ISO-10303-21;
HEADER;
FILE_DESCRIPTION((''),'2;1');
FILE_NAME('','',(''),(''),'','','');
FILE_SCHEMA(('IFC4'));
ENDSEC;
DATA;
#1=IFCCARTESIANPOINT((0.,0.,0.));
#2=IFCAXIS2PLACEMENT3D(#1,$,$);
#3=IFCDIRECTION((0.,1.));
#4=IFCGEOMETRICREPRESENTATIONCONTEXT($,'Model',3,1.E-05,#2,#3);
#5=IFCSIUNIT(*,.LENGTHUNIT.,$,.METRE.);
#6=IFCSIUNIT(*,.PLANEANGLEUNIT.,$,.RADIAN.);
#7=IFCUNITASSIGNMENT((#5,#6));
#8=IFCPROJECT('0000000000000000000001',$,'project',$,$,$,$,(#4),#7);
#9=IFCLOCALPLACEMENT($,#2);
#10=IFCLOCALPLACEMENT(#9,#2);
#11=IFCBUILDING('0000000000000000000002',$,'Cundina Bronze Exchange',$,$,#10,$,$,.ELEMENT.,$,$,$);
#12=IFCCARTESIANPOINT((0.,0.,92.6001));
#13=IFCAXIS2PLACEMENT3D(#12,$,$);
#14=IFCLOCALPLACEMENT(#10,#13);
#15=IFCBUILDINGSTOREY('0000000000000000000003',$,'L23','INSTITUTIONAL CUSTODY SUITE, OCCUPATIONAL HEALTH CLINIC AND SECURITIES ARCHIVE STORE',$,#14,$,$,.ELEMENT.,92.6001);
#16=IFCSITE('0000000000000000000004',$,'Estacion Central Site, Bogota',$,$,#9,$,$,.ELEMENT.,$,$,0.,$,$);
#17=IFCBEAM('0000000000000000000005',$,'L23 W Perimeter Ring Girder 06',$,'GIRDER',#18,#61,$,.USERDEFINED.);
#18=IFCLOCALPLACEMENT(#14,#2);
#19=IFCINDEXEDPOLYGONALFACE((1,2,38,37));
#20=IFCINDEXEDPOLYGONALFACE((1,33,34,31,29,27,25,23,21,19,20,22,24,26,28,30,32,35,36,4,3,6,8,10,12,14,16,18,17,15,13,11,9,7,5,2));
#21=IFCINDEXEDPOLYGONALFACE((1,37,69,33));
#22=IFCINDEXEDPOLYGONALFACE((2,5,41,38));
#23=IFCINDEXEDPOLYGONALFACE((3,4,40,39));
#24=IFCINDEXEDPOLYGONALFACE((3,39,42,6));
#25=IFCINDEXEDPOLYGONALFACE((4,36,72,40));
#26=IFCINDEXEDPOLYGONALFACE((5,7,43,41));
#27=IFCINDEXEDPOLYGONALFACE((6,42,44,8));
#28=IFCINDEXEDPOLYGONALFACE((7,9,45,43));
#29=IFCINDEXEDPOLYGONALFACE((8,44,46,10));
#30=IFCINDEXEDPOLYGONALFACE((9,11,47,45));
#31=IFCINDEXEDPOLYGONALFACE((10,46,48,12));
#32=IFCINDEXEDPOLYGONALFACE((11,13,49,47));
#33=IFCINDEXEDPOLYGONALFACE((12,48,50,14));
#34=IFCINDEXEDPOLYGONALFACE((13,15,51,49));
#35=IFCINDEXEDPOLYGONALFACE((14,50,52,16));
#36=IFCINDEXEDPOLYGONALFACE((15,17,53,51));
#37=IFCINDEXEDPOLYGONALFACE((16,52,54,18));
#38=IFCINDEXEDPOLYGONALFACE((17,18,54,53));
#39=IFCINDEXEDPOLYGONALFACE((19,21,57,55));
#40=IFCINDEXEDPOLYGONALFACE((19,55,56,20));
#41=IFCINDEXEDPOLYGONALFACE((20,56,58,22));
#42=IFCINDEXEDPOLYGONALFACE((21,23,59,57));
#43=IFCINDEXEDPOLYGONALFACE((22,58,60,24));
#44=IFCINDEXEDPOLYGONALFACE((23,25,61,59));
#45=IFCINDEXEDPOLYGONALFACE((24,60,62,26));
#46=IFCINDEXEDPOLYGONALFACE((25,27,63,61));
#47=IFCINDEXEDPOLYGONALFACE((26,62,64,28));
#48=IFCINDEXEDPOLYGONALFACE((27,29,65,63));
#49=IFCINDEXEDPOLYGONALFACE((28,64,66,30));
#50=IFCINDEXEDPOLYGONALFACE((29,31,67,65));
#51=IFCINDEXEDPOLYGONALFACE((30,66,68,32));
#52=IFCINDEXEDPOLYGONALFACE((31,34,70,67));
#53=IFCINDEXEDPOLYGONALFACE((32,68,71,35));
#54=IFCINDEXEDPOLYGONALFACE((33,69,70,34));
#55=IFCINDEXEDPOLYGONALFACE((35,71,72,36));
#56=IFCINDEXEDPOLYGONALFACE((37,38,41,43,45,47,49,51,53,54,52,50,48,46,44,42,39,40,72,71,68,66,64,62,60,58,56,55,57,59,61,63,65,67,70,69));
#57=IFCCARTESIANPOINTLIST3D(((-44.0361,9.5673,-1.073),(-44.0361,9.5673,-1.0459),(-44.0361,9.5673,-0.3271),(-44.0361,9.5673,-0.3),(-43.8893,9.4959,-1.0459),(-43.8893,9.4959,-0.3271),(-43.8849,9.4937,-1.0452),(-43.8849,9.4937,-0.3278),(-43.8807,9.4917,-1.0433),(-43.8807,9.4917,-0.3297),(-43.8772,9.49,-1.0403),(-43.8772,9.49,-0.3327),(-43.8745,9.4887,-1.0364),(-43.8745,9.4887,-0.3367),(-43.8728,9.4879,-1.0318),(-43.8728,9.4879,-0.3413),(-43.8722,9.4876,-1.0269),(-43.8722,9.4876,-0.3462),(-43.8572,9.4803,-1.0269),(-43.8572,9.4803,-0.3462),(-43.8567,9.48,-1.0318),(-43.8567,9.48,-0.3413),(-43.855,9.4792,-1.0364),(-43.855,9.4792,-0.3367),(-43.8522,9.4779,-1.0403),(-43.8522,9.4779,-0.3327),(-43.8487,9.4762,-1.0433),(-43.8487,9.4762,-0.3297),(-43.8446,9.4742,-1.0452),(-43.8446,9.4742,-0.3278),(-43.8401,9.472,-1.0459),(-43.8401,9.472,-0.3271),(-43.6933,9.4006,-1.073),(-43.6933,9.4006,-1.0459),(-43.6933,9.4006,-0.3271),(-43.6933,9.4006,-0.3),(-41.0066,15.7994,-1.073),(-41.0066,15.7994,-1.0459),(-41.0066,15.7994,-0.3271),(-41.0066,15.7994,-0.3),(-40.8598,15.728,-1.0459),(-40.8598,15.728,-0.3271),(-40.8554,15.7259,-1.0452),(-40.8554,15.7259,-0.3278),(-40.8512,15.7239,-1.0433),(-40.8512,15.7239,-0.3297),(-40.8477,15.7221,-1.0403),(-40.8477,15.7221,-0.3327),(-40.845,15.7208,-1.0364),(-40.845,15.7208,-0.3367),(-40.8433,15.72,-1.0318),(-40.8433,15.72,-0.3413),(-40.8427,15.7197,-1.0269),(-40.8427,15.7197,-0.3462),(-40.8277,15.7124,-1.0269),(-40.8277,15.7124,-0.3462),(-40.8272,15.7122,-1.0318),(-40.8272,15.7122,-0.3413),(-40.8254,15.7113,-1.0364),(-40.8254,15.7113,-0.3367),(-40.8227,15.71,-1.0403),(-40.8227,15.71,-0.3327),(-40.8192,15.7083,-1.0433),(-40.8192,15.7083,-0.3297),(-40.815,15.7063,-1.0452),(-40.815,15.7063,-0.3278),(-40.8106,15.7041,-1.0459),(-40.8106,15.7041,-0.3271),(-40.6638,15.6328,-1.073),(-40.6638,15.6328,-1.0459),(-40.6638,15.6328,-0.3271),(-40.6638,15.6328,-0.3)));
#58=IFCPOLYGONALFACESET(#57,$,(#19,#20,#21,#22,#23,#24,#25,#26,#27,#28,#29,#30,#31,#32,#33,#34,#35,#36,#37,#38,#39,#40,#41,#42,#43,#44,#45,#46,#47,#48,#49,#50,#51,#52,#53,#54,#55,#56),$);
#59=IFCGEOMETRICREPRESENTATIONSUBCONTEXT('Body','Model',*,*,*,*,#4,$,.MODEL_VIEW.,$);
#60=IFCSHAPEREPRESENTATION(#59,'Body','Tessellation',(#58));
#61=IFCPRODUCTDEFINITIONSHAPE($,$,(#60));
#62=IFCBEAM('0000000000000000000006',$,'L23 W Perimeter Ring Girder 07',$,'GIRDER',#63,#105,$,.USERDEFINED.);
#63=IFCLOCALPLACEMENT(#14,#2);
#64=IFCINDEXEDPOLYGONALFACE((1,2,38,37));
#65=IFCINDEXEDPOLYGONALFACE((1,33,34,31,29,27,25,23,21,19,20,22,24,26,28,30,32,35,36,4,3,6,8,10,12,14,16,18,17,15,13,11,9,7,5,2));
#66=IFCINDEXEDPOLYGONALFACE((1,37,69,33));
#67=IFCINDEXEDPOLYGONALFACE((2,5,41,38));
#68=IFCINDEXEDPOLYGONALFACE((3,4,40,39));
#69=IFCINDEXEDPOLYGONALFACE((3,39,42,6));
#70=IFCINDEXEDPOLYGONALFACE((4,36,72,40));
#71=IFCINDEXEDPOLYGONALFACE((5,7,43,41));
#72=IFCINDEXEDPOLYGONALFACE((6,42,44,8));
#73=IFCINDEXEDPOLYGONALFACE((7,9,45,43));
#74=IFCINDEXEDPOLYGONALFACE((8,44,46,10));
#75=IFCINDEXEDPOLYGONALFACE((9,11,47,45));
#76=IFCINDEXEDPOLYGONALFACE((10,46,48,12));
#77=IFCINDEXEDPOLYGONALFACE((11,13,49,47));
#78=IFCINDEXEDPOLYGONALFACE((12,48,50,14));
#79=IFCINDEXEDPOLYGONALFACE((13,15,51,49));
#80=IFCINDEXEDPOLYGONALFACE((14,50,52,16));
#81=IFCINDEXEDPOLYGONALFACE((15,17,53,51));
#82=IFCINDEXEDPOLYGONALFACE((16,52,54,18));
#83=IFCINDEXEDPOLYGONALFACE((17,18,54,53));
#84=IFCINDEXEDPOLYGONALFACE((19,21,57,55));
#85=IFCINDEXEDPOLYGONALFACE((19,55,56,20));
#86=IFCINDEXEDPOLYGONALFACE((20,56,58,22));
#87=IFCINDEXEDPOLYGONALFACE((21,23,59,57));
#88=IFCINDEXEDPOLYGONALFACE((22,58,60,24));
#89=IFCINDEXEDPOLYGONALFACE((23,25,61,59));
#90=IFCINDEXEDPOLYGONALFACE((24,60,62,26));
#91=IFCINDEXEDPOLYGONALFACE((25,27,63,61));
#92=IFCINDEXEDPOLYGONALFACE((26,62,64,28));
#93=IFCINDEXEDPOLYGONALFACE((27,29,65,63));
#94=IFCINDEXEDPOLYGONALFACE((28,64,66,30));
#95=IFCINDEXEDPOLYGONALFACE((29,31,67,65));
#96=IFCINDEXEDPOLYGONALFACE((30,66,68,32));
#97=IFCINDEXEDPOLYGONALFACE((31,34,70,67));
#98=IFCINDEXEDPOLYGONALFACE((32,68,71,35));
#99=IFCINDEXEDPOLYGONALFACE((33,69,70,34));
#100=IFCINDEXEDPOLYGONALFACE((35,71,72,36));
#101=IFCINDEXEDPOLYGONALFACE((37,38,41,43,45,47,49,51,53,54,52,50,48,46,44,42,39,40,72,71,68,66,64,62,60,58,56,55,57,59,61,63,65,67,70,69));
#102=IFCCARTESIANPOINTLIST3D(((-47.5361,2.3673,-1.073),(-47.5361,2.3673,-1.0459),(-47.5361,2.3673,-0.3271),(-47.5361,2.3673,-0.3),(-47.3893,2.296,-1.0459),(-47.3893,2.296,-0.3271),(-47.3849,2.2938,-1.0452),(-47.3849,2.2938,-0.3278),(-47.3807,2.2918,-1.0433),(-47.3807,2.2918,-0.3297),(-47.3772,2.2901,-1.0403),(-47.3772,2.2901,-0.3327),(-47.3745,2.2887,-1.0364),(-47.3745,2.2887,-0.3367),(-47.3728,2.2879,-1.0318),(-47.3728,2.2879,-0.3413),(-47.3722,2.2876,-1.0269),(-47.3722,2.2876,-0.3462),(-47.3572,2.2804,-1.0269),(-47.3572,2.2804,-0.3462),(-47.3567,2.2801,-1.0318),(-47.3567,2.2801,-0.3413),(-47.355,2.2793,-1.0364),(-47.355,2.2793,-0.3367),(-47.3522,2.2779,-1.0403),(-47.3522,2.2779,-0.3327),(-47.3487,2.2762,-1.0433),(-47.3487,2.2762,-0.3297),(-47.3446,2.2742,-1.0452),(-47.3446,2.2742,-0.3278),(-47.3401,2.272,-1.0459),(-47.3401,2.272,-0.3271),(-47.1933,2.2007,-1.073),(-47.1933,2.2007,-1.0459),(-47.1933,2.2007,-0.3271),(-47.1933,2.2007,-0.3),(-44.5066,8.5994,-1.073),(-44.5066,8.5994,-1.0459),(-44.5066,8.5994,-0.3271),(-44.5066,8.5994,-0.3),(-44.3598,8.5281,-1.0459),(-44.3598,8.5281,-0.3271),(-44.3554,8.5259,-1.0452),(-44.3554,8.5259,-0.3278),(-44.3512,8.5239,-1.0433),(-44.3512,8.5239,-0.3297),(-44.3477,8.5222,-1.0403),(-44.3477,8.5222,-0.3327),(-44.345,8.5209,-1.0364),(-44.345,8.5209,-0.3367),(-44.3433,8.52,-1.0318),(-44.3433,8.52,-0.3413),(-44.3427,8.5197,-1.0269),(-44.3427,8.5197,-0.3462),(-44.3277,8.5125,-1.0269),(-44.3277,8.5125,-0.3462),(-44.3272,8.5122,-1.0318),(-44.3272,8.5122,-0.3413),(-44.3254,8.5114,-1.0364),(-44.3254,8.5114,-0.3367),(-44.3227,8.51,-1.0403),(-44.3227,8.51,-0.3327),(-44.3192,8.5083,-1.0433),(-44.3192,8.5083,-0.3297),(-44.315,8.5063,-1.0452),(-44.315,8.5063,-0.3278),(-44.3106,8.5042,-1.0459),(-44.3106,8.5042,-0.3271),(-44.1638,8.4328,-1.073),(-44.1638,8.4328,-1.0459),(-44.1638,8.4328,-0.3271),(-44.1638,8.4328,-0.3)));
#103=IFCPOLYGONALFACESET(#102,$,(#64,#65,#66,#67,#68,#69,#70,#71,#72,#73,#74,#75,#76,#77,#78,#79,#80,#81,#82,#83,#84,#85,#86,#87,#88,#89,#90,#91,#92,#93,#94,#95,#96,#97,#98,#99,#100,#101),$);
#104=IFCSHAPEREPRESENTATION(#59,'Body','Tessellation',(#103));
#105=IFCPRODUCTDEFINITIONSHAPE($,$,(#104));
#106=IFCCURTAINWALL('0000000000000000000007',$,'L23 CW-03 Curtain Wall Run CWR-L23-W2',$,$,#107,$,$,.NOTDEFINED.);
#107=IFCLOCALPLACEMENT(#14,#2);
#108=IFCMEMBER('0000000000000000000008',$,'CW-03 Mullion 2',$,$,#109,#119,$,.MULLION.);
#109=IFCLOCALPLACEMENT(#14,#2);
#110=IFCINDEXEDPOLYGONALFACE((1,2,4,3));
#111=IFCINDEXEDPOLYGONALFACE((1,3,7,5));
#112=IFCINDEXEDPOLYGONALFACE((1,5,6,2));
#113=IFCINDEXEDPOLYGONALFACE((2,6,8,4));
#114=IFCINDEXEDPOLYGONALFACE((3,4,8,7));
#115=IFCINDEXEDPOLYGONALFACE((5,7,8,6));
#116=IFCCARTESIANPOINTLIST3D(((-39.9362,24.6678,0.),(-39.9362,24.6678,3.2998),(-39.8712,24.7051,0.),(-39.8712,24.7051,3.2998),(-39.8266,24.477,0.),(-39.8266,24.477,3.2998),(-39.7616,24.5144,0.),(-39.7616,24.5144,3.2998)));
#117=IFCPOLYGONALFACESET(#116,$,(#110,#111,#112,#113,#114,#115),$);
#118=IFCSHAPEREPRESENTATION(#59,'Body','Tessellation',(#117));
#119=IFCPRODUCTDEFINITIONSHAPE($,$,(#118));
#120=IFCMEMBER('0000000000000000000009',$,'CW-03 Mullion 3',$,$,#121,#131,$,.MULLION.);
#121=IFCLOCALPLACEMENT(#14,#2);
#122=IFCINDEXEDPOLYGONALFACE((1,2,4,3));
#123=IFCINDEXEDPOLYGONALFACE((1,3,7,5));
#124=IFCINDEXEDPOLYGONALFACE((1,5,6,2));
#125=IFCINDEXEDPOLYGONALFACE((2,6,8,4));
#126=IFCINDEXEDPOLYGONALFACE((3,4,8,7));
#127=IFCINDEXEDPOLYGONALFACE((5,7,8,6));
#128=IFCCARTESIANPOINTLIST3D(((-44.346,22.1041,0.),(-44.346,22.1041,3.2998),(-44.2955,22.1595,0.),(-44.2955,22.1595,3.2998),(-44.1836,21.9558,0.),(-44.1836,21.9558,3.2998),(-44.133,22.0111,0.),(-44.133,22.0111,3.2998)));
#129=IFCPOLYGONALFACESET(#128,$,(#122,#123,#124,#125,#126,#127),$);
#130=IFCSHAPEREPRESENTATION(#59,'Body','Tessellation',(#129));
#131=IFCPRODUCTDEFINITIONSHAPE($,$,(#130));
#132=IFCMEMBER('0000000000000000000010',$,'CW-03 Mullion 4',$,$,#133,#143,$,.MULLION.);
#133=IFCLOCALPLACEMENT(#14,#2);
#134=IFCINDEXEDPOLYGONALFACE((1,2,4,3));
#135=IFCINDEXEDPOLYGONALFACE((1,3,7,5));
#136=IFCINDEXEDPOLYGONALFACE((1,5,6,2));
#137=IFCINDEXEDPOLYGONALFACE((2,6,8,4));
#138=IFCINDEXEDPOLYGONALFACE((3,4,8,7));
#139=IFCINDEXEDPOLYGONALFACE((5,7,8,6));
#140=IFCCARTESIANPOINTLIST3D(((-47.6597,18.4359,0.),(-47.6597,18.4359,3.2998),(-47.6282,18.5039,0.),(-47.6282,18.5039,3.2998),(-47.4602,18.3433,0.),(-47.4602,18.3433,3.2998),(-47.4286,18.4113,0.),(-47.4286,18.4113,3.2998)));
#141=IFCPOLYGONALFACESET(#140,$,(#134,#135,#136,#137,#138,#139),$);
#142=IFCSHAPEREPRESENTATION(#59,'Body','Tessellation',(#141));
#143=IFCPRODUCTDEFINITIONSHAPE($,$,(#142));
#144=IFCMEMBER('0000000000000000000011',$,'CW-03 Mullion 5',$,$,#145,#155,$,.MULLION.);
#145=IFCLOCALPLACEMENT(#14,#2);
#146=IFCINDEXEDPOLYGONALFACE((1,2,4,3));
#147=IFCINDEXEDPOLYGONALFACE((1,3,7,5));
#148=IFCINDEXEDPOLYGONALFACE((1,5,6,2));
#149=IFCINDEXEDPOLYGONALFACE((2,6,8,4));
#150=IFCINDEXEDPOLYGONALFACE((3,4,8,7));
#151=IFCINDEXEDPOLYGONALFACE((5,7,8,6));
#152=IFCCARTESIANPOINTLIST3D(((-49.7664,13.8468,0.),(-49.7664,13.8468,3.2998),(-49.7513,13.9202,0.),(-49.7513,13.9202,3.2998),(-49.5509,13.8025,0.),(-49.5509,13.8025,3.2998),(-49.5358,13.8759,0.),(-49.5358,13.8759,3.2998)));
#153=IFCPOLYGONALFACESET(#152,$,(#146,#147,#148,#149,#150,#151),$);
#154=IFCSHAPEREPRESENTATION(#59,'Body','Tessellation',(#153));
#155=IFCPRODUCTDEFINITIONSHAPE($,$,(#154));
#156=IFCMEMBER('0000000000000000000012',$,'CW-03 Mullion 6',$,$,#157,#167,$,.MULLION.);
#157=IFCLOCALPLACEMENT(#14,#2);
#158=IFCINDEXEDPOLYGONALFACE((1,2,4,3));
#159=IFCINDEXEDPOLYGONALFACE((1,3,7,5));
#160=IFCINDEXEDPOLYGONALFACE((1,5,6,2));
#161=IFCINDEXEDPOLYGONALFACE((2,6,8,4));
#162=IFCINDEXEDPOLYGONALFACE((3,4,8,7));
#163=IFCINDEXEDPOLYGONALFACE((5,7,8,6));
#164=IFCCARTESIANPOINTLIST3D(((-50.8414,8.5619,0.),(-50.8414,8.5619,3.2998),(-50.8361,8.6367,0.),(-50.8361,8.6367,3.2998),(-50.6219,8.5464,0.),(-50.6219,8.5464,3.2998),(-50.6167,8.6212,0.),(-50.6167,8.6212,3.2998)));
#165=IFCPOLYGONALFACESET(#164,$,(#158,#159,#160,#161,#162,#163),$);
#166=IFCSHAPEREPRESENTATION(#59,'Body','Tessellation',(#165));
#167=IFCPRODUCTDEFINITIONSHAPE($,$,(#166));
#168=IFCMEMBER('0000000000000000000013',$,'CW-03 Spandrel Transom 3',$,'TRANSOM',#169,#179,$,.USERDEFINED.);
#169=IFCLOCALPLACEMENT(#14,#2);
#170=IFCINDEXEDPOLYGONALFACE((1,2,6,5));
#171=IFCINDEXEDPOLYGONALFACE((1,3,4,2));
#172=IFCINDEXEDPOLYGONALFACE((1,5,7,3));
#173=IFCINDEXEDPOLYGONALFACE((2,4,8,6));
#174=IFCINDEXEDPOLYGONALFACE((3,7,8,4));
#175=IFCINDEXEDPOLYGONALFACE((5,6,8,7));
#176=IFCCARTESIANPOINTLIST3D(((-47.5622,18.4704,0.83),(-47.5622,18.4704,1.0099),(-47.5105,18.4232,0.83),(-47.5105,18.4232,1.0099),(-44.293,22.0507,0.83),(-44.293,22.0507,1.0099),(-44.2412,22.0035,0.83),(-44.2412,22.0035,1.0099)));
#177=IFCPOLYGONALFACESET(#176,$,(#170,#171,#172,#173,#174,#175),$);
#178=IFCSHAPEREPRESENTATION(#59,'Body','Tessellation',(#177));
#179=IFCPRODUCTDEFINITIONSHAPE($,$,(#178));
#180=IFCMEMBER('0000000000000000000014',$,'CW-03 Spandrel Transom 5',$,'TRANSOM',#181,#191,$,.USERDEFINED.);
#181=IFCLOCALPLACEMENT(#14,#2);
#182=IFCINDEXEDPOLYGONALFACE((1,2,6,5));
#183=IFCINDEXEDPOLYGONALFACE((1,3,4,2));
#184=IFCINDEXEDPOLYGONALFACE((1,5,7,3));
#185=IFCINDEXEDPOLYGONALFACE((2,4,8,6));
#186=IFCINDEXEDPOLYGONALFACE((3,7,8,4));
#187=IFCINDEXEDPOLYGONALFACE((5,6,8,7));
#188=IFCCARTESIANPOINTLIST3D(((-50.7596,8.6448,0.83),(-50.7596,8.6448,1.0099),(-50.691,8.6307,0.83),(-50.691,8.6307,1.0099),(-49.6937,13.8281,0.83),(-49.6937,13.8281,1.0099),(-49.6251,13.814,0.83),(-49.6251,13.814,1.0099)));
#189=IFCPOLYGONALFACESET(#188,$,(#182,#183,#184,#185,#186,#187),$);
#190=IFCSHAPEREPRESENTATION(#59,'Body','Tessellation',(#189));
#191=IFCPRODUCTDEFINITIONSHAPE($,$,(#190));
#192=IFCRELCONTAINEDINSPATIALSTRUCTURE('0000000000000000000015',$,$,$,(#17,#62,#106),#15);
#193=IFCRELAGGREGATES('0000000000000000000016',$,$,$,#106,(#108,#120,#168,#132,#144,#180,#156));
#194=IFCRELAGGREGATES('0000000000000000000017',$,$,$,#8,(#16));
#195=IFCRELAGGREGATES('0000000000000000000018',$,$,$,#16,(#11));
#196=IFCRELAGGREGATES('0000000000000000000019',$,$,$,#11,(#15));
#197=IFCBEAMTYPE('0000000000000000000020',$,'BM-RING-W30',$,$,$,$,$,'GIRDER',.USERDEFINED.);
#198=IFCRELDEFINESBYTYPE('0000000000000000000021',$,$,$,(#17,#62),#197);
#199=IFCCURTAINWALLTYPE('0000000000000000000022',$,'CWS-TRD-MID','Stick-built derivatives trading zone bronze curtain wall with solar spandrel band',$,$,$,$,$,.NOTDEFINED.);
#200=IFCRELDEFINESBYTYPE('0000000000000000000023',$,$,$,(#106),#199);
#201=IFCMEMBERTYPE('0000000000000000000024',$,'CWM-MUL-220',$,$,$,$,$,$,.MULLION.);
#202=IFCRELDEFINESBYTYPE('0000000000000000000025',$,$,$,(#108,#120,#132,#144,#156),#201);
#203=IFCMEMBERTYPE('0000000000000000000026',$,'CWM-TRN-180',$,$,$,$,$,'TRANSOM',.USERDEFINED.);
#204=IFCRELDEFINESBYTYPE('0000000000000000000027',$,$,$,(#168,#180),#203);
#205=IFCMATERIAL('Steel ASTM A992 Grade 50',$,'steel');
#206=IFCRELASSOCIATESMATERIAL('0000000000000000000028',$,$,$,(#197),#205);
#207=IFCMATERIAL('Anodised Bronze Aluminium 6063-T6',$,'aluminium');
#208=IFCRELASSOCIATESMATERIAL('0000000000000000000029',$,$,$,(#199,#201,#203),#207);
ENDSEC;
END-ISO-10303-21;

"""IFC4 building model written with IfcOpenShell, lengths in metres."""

from ifc_helpers import new_model, si_unit, direction, frame, origin, origin_2d, place, context, subcontext, project, spatial, rectangle, i_section, extrude, material, material_profile, profile_set, type_object, element, aggregate, save


model = new_model("IFC4")

# Units and contexts
model_context = context("Model", 3, precision=1e-05, world=origin(), true_north=direction((0.0, 1.0)))
body_context = subcontext(model_context, "Body", "Model", "MODEL_VIEW")
ifc_project = project(units=[si_unit("LENGTHUNIT", "METRE"), si_unit("PLANEANGLEUNIT", "RADIAN")], contexts=[model_context])

# Site, building, storey
site_placement = place(None, origin())
site = spatial("IfcSite", under=ifc_project, at=site_placement, Name="Estacion Central Site, Bogota", CompositionType="ELEMENT", RefElevation=0.0)
building_placement = place(site_placement, origin())
building = spatial("IfcBuilding", under=site, at=building_placement, Name="Cundina Bronze Exchange", CompositionType="ELEMENT")
storey_placement = place(building_placement, frame((0.0, 0.0, 92.6001)))
storey = spatial("IfcBuildingStorey", under=building, at=storey_placement, Name="L23", Description="INSTITUTIONAL CUSTODY SUITE, OCCUPATIONAL HEALTH CLINIC AND SECURITIES ARCHIVE STORE", CompositionType="ELEMENT", Elevation=92.6001)

# Beams
ifc_material_1 = material(Name="Steel ASTM A992 Grade 50", Category="steel")
ifc_material_profile_1 = material_profile(ifc_material_1, i_section(OverallWidth=0.3811, OverallDepth=0.7729, WebThickness=0.0166, FlangeThickness=0.0271, FilletRadius=0.019, at=origin_2d()), Name="W30X173", Category="steel")
ifc_profile_set_1 = profile_set([ifc_material_profile_1], Name="Steel ASTM A992 Grade 50")
beam_type_1 = type_object("IfcBeamType", Name="BM-RING-W30", ElementType="GIRDER", PredefinedType="USERDEFINED", material=ifc_profile_set_1)
for number, where, z_axis, x_axis, name in (
    (1, (-40.8352, 15.7161, -0.6865), (-0.437194, -0.899367, 0.0), (0.899367, -0.437194, 0.0), "L23 W Perimeter Ring Girder 06"),
    (2, (-44.3352, 8.5161, -0.6865), (-0.437194, -0.899367, 0.0), (0.899367, -0.437194, 0.0), "L23 W Perimeter Ring Girder 07"),
):
    element("IfcBeam", number, at=place(storey_placement, frame(where, z_axis=z_axis, x_axis=x_axis)), inside=storey, type_object=beam_type_1, Name=name, ObjectType="GIRDER", PredefinedType="USERDEFINED", context=body_context, shape_type="SweptSolid", body=[
        extrude(i_section(OverallWidth=0.3811, OverallDepth=0.7729, WebThickness=0.0166, FlangeThickness=0.0271, FilletRadius=0.019, at=origin_2d()), origin(), (0.0, 0.0, 1.0), 6.9294),
    ])

# Curtain wall, members
ifc_material_2 = material(Name="Anodised Bronze Aluminium 6063-T6", Category="aluminium")
curtain_wall_type = type_object("IfcCurtainWallType", Name="CWS-TRD-MID", Description="Stick-built derivatives trading zone bronze curtain wall with solar spandrel band", PredefinedType="NOTDEFINED", material=ifc_material_2)
curtain_wall_placement = place(storey_placement, origin())
curtain_wall = element("IfcCurtainWall", 3, at=curtain_wall_placement, inside=storey, type_object=curtain_wall_type, Name="L23 CW-03 Curtain Wall Run CWR-L23-W2", PredefinedType="NOTDEFINED")
ifc_material_profile_2 = material_profile(ifc_material_2, rectangle(XDim=0.075, YDim=0.22, at=origin_2d()), Name="AL75X220", Category="aluminium")
ifc_profile_set_2 = profile_set([ifc_material_profile_2], Name="Anodised Bronze Aluminium 6063-T6")
member_type_1 = type_object("IfcMemberType", Name="CWM-MUL-220", PredefinedType="MULLION", material=ifc_profile_set_2)
member_1_placement = place(storey_placement, frame((-39.8489, 24.5911, 0.0), z_axis=(0.0, 0.0, 1.0), x_axis=(-0.867071, -0.498185, 0.0)))
member_1 = element("IfcMember", 4, at=member_1_placement, type_object=member_type_1, Name="CW-03 Mullion 2", PredefinedType="MULLION", context=body_context, shape_type="SweptSolid", body=[
    extrude(rectangle(XDim=0.075, YDim=0.22, at=origin_2d()), origin(), (0.0, 0.0, 1.0), 3.2998),
])
member_2_placement = place(storey_placement, frame((-44.2395, 22.0576, 0.0), z_axis=(0.0, 0.0, 1.0), x_axis=(-0.674302, -0.738455, 0.0)))
member_2 = element("IfcMember", 5, at=member_2_placement, type_object=member_type_1, Name="CW-03 Mullion 3", PredefinedType="MULLION", context=body_context, shape_type="SweptSolid", body=[
    extrude(rectangle(XDim=0.075, YDim=0.22, at=origin_2d()), origin(), (0.0, 0.0, 1.0), 3.2998),
])
member_3_placement = place(storey_placement, frame((-47.5442, 18.4236, 0.0), z_axis=(0.0, 0.0, 1.0), x_axis=(-0.420877, -0.907117, 0.0)))
member_3 = element("IfcMember", 6, at=member_3_placement, type_object=member_type_1, Name="CW-03 Mullion 4", PredefinedType="MULLION", context=body_context, shape_type="SweptSolid", body=[
    extrude(rectangle(XDim=0.075, YDim=0.22, at=origin_2d()), origin(), (0.0, 0.0, 1.0), 3.2998),
])
member_4_placement = place(storey_placement, frame((-49.6511, 13.8613, 0.0), z_axis=(0.0, 0.0, 1.0), x_axis=(-0.20142, -0.979505, 0.0)))
member_4 = element("IfcMember", 7, at=member_4_placement, type_object=member_type_1, Name="CW-03 Mullion 5", PredefinedType="MULLION", context=body_context, shape_type="SweptSolid", body=[
    extrude(rectangle(XDim=0.075, YDim=0.22, at=origin_2d()), origin(), (0.0, 0.0, 1.0), 3.2998),
])
member_5_placement = place(storey_placement, frame((-50.729, 8.5916, 0.0), z_axis=(0.0, 0.0, 1.0), x_axis=(-0.070279, -0.997527, 0.0)))
member_5 = element("IfcMember", 8, at=member_5_placement, type_object=member_type_1, Name="CW-03 Mullion 6", PredefinedType="MULLION", context=body_context, shape_type="SweptSolid", body=[
    extrude(rectangle(XDim=0.075, YDim=0.22, at=origin_2d()), origin(), (0.0, 0.0, 1.0), 3.2998),
])
ifc_material_profile_3 = material_profile(ifc_material_2, rectangle(XDim=0.0701, YDim=0.1799, at=origin_2d()), Name="AL70X180", Category="aluminium")
ifc_profile_set_3 = profile_set([ifc_material_profile_3], Name="Anodised Bronze Aluminium 6063-T6")
member_type_2 = type_object("IfcMemberType", Name="CWM-TRN-180", ElementType="TRANSOM", PredefinedType="USERDEFINED", material=ifc_profile_set_3)
member_6_placement = place(storey_placement, frame((-44.2671, 22.0271, 0.9199), z_axis=(-0.674303, -0.738455, 0.0), x_axis=(0.738455, -0.674303, 0.0)))
member_6 = element("IfcMember", 9, at=member_6_placement, type_object=member_type_2, Name="CW-03 Spandrel Transom 3", ObjectType="TRANSOM", PredefinedType="USERDEFINED", context=body_context, shape_type="SweptSolid", body=[
    extrude(rectangle(XDim=0.0701, YDim=0.1799, at=origin_2d()), origin(), (0.0, 0.0, 1.0), 4.8484),
])
member_7_placement = place(storey_placement, frame((-49.6594, 13.821, 0.9199), z_axis=(-0.201428, -0.979503, 0.0), x_axis=(0.979503, -0.201428, 0.0)))
member_7 = element("IfcMember", 10, at=member_7_placement, type_object=member_type_2, Name="CW-03 Spandrel Transom 5", ObjectType="TRANSOM", PredefinedType="USERDEFINED", context=body_context, shape_type="SweptSolid", body=[
    extrude(rectangle(XDim=0.0701, YDim=0.1799, at=origin_2d()), origin(), (0.0, 0.0, 1.0), 5.2917),
])
aggregate(curtain_wall, [member_1, member_2, member_6, member_3, member_4, member_7, member_5])

save(model, "model.ifc")
